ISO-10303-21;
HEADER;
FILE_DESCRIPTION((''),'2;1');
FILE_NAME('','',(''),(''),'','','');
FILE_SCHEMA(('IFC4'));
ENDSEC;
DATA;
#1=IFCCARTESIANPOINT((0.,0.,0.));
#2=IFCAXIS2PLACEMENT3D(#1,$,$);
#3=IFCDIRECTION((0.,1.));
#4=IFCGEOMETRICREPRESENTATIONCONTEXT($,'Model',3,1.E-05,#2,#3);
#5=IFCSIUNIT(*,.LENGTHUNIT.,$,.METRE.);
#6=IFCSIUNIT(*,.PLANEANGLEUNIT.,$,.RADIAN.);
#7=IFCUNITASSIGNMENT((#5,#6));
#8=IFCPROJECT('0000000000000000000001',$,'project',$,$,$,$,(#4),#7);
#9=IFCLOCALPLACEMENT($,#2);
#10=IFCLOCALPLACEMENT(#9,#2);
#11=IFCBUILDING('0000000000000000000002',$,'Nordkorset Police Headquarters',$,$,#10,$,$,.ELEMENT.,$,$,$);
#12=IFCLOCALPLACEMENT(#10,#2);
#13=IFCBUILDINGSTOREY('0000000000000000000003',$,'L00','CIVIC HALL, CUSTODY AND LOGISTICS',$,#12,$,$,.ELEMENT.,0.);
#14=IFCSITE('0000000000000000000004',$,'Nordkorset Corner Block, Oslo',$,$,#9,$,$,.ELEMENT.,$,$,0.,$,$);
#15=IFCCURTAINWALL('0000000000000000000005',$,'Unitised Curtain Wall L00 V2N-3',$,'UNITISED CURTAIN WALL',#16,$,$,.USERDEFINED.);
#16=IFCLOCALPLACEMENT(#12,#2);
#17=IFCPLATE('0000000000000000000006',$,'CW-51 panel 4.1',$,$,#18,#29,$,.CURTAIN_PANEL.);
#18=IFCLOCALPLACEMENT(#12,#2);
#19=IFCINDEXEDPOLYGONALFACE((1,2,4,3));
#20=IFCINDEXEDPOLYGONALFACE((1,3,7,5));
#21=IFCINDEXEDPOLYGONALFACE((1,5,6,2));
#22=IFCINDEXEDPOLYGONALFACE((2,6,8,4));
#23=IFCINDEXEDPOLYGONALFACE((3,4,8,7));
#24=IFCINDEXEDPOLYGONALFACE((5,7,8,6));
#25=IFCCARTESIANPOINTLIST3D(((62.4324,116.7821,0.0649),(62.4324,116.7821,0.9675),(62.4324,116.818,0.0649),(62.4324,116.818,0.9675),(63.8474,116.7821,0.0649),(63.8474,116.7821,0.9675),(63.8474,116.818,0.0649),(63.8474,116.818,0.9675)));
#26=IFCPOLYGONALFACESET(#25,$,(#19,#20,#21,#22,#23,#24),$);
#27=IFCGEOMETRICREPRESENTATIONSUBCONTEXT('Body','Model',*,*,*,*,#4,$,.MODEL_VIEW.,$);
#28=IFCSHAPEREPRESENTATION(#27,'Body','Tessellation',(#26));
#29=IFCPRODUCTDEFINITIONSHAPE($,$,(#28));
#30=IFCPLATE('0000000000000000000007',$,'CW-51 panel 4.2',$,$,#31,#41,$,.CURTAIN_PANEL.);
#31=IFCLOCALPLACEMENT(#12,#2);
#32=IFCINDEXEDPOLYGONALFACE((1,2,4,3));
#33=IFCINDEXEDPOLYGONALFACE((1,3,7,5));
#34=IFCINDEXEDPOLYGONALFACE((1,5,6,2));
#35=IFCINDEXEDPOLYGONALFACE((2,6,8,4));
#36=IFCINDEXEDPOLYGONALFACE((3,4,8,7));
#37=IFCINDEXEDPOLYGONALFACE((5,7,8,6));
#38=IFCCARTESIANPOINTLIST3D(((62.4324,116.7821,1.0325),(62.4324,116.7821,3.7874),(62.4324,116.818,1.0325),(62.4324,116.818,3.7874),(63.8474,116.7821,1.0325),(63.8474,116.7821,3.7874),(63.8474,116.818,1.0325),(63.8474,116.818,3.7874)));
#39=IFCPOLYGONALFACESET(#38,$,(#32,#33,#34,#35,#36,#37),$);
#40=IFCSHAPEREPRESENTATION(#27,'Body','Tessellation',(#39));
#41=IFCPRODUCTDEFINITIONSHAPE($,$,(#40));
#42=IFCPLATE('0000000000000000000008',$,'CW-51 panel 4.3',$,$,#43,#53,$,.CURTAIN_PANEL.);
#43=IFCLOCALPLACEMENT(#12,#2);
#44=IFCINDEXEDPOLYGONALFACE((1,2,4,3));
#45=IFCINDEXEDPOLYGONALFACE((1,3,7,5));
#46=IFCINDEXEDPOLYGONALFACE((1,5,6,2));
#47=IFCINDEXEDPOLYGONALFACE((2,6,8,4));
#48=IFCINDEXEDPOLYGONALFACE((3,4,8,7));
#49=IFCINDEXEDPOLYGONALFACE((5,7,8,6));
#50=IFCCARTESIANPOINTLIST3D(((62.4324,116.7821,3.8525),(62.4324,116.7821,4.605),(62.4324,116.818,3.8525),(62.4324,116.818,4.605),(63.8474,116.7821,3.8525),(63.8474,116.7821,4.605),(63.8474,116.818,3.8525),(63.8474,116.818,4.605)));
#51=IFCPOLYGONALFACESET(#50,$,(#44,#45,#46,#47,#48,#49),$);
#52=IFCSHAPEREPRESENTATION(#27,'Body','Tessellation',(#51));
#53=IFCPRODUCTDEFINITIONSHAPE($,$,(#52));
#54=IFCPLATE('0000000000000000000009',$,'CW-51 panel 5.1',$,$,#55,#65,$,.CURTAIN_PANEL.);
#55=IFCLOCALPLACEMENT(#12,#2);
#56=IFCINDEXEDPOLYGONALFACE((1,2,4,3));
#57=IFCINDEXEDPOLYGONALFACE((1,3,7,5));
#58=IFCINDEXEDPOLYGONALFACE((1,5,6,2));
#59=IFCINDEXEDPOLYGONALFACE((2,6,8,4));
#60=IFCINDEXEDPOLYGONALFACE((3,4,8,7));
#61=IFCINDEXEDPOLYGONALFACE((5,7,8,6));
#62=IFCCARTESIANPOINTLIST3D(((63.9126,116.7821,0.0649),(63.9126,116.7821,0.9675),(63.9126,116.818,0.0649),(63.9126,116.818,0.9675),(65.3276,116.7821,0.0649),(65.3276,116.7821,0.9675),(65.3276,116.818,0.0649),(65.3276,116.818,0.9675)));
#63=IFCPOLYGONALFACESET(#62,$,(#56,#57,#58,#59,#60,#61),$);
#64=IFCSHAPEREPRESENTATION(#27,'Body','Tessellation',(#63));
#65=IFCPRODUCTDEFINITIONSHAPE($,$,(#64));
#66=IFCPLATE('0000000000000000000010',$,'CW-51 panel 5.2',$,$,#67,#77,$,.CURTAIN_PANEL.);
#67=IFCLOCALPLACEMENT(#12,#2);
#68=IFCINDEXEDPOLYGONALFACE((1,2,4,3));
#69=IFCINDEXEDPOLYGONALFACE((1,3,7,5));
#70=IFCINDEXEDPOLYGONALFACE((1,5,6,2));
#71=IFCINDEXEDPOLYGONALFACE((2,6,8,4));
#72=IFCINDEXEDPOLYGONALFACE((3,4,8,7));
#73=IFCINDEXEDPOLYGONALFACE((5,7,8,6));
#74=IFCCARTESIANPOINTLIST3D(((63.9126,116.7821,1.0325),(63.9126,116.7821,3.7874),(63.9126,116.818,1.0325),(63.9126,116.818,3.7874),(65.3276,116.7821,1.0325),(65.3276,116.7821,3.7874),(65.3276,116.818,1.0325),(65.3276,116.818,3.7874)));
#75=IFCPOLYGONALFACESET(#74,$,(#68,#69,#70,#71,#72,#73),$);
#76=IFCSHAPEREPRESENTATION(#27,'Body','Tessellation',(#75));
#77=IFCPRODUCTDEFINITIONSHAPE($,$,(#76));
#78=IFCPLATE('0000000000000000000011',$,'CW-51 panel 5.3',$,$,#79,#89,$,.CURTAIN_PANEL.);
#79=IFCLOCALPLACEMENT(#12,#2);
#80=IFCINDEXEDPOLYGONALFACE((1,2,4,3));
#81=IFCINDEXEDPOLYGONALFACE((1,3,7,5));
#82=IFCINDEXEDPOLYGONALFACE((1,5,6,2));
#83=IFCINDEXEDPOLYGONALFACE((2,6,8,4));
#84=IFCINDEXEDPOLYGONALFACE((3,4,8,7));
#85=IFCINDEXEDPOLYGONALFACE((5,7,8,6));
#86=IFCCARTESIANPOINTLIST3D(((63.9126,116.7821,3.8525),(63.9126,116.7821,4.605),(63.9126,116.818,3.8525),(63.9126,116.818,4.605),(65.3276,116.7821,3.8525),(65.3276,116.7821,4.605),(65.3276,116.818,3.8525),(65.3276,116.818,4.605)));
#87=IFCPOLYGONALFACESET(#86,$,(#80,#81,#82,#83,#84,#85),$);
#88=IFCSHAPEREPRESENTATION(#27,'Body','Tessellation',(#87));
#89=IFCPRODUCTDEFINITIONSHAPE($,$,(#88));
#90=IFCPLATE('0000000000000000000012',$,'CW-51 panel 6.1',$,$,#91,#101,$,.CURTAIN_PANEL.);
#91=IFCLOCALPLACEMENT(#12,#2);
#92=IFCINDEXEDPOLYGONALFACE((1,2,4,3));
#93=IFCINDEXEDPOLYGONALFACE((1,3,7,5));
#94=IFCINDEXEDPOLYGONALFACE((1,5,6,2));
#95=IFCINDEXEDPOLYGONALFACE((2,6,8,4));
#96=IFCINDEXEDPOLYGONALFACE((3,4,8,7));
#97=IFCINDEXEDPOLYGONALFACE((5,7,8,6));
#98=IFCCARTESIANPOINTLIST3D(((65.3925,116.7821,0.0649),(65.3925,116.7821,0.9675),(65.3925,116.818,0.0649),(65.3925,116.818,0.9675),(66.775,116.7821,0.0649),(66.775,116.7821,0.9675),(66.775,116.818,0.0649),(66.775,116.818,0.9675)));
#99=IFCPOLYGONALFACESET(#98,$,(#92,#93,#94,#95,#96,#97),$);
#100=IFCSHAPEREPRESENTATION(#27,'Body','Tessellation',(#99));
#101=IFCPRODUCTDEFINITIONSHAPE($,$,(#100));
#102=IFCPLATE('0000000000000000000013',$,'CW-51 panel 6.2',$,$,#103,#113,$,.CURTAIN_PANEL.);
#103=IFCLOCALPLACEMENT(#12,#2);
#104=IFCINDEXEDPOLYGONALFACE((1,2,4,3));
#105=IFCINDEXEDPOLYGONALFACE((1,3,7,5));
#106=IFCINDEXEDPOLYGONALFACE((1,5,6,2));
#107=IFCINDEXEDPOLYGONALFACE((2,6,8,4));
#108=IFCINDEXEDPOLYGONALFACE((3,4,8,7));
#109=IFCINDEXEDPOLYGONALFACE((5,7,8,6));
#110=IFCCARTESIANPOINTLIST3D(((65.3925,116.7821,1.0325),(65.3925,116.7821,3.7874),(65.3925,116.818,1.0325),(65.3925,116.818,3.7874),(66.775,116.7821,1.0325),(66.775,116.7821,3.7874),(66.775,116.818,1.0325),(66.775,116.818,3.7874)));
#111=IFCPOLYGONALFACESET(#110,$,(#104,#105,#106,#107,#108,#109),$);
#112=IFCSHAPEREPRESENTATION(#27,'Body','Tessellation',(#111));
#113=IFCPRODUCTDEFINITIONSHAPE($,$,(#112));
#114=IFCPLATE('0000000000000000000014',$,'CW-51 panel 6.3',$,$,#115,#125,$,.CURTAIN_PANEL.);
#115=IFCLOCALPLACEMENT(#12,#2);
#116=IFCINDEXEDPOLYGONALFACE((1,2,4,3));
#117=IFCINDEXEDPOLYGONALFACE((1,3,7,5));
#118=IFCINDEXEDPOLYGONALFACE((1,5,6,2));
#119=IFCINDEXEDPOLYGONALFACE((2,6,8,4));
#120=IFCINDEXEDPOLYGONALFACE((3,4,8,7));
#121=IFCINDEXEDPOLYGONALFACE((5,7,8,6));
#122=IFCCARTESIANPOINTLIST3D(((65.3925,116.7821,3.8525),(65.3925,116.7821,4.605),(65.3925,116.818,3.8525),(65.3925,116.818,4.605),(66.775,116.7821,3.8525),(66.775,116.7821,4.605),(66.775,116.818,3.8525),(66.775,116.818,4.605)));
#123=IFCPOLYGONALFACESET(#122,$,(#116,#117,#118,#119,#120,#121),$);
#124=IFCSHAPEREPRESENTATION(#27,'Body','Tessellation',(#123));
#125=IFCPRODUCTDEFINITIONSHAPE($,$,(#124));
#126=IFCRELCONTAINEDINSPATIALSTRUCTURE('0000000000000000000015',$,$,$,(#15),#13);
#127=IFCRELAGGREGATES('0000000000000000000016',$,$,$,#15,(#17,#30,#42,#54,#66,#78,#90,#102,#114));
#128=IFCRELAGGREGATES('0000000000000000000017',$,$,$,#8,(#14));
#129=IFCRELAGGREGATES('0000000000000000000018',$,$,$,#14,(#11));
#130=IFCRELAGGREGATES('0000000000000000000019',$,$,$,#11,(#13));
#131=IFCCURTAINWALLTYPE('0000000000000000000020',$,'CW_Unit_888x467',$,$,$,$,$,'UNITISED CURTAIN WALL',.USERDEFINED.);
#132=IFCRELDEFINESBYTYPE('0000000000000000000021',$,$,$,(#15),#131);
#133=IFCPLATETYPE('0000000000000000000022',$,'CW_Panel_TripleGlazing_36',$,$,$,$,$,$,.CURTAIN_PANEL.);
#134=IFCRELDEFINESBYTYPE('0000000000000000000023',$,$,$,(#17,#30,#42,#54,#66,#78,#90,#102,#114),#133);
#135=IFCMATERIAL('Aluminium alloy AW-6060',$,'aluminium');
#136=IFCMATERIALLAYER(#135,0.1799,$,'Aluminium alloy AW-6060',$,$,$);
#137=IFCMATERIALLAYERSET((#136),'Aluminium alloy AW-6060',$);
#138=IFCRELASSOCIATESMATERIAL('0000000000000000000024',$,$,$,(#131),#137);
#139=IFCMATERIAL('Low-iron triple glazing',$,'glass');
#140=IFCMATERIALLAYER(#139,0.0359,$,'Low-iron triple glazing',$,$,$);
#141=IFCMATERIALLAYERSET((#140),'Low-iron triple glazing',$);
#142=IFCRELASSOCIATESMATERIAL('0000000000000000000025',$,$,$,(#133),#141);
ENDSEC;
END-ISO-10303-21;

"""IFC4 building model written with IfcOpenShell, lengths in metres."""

from ifc_helpers import new_model, si_unit, direction, frame, origin, origin_2d, place, context, subcontext, project, spatial, rectangle, extrude, material, layer, layer_set, type_object, element, aggregate, save


model = new_model("IFC4")

# Units and contexts
model_context = context("Model", 3, precision=1e-05, world=origin(), true_north=direction((0.0, 1.0)))
body_context = subcontext(model_context, "Body", "Model", "MODEL_VIEW")
ifc_project = project(units=[si_unit("LENGTHUNIT", "METRE"), si_unit("PLANEANGLEUNIT", "RADIAN")], contexts=[model_context])

# Site, building, storey
site_placement = place(None, origin())
site = spatial("IfcSite", under=ifc_project, at=site_placement, Name="Nordkorset Corner Block, Oslo", CompositionType="ELEMENT", RefElevation=0.0)
building_placement = place(site_placement, origin())
building = spatial("IfcBuilding", under=site, at=building_placement, Name="Nordkorset Police Headquarters", CompositionType="ELEMENT")
storey_placement = place(building_placement, origin())
storey = spatial("IfcBuildingStorey", under=building, at=storey_placement, Name="L00", Description="CIVIC HALL, CUSTODY AND LOGISTICS", CompositionType="ELEMENT", Elevation=0.0)

# Curtain wall, plates
ifc_material_1 = material(Name="Aluminium alloy AW-6060", Category="aluminium")
ifc_layer_1 = layer(ifc_material_1, 0.1799, Name="Aluminium alloy AW-6060")
ifc_layer_set_1 = layer_set([ifc_layer_1], Name="Aluminium alloy AW-6060")
curtain_wall_type = type_object("IfcCurtainWallType", Name="CW_Unit_888x467", ElementType="UNITISED CURTAIN WALL", PredefinedType="USERDEFINED", material=ifc_layer_set_1)
curtain_wall_placement = place(storey_placement, origin())
curtain_wall = element("IfcCurtainWall", 1, at=curtain_wall_placement, inside=storey, type_object=curtain_wall_type, Name="Unitised Curtain Wall L00 V2N-3", ObjectType="UNITISED CURTAIN WALL", PredefinedType="USERDEFINED")
ifc_material_2 = material(Name="Low-iron triple glazing", Category="glass")
ifc_layer_2 = layer(ifc_material_2, 0.0359, Name="Low-iron triple glazing")
ifc_layer_set_2 = layer_set([ifc_layer_2], Name="Low-iron triple glazing")
plate_type = type_object("IfcPlateType", Name="CW_Panel_TripleGlazing_36", PredefinedType="CURTAIN_PANEL", material=ifc_layer_set_2)
plate_1_placement = place(storey_placement, frame((63.1399, 116.8, 0.0649), z_axis=(0.0, 0.0, 1.0), x_axis=(1.0, 0.0, 0.0)))
plate_1 = element("IfcPlate", 2, at=plate_1_placement, type_object=plate_type, Name="CW-51 panel 4.1", PredefinedType="CURTAIN_PANEL", context=body_context, shape_type="SweptSolid", body=[
    extrude(rectangle(XDim=1.415, YDim=0.0359, at=origin_2d()), origin(), (0.0, 0.0, 1.0), 0.9026),
])
plate_2_placement = place(storey_placement, frame((63.1399, 116.8, 1.0325), z_axis=(0.0, 0.0, 1.0), x_axis=(1.0, 0.0, 0.0)))
plate_2 = element("IfcPlate", 3, at=plate_2_placement, type_object=plate_type, Name="CW-51 panel 4.2", PredefinedType="CURTAIN_PANEL", context=body_context, shape_type="SweptSolid", body=[
    extrude(rectangle(XDim=1.415, YDim=0.0359, at=origin_2d()), origin(), (0.0, 0.0, 1.0), 2.7549),
])
plate_3_placement = place(storey_placement, frame((63.1399, 116.8, 3.8525), z_axis=(0.0, 0.0, 1.0), x_axis=(1.0, 0.0, 0.0)))
plate_3 = element("IfcPlate", 4, at=plate_3_placement, type_object=plate_type, Name="CW-51 panel 4.3", PredefinedType="CURTAIN_PANEL", context=body_context, shape_type="SweptSolid", body=[
    extrude(rectangle(XDim=1.415, YDim=0.0359, at=origin_2d()), origin(), (0.0, 0.0, 1.0), 0.7524),
])
plate_4_placement = place(storey_placement, frame((64.6201, 116.8, 0.0649), z_axis=(0.0, 0.0, 1.0), x_axis=(1.0, 0.0, 0.0)))
plate_4 = element("IfcPlate", 5, at=plate_4_placement, type_object=plate_type, Name="CW-51 panel 5.1", PredefinedType="CURTAIN_PANEL", context=body_context, shape_type="SweptSolid", body=[
    extrude(rectangle(XDim=1.415, YDim=0.0359, at=origin_2d()), origin(), (0.0, 0.0, 1.0), 0.9026),
])
plate_5_placement = place(storey_placement, frame((64.6201, 116.8, 1.0325), z_axis=(0.0, 0.0, 1.0), x_axis=(1.0, 0.0, 0.0)))
plate_5 = element("IfcPlate", 6, at=plate_5_placement, type_object=plate_type, Name="CW-51 panel 5.2", PredefinedType="CURTAIN_PANEL", context=body_context, shape_type="SweptSolid", body=[
    extrude(rectangle(XDim=1.415, YDim=0.0359, at=origin_2d()), origin(), (0.0, 0.0, 1.0), 2.7549),
])
plate_6_placement = place(storey_placement, frame((64.6201, 116.8, 3.8525), z_axis=(0.0, 0.0, 1.0), x_axis=(1.0, 0.0, 0.0)))
plate_6 = element("IfcPlate", 7, at=plate_6_placement, type_object=plate_type, Name="CW-51 panel 5.3", PredefinedType="CURTAIN_PANEL", context=body_context, shape_type="SweptSolid", body=[
    extrude(rectangle(XDim=1.415, YDim=0.0359, at=origin_2d()), origin(), (0.0, 0.0, 1.0), 0.7524),
])
plate_7_placement = place(storey_placement, frame((66.0837, 116.8, 0.0649), z_axis=(0.0, 0.0, 1.0), x_axis=(1.0, 0.0, 0.0)))
plate_7 = element("IfcPlate", 8, at=plate_7_placement, type_object=plate_type, Name="CW-51 panel 6.1", PredefinedType="CURTAIN_PANEL", context=body_context, shape_type="SweptSolid", body=[
    extrude(rectangle(XDim=1.3826, YDim=0.0359, at=origin_2d()), origin(), (0.0, 0.0, 1.0), 0.9026),
])
plate_8_placement = place(storey_placement, frame((66.0837, 116.8, 1.0325), z_axis=(0.0, 0.0, 1.0), x_axis=(1.0, 0.0, 0.0)))
plate_8 = element("IfcPlate", 9, at=plate_8_placement, type_object=plate_type, Name="CW-51 panel 6.2", PredefinedType="CURTAIN_PANEL", context=body_context, shape_type="SweptSolid", body=[
    extrude(rectangle(XDim=1.3826, YDim=0.0359, at=origin_2d()), origin(), (0.0, 0.0, 1.0), 2.7549),
])
plate_9_placement = place(storey_placement, frame((66.0837, 116.8, 3.8525), z_axis=(0.0, 0.0, 1.0), x_axis=(1.0, 0.0, 0.0)))
plate_9 = element("IfcPlate", 10, at=plate_9_placement, type_object=plate_type, Name="CW-51 panel 6.3", PredefinedType="CURTAIN_PANEL", context=body_context, shape_type="SweptSolid", body=[
    extrude(rectangle(XDim=1.3826, YDim=0.0359, at=origin_2d()), origin(), (0.0, 0.0, 1.0), 0.7524),
])
aggregate(curtain_wall, [plate_1, plate_2, plate_3, plate_4, plate_5, plate_6, plate_7, plate_8, plate_9])

save(model, "model.ifc")
